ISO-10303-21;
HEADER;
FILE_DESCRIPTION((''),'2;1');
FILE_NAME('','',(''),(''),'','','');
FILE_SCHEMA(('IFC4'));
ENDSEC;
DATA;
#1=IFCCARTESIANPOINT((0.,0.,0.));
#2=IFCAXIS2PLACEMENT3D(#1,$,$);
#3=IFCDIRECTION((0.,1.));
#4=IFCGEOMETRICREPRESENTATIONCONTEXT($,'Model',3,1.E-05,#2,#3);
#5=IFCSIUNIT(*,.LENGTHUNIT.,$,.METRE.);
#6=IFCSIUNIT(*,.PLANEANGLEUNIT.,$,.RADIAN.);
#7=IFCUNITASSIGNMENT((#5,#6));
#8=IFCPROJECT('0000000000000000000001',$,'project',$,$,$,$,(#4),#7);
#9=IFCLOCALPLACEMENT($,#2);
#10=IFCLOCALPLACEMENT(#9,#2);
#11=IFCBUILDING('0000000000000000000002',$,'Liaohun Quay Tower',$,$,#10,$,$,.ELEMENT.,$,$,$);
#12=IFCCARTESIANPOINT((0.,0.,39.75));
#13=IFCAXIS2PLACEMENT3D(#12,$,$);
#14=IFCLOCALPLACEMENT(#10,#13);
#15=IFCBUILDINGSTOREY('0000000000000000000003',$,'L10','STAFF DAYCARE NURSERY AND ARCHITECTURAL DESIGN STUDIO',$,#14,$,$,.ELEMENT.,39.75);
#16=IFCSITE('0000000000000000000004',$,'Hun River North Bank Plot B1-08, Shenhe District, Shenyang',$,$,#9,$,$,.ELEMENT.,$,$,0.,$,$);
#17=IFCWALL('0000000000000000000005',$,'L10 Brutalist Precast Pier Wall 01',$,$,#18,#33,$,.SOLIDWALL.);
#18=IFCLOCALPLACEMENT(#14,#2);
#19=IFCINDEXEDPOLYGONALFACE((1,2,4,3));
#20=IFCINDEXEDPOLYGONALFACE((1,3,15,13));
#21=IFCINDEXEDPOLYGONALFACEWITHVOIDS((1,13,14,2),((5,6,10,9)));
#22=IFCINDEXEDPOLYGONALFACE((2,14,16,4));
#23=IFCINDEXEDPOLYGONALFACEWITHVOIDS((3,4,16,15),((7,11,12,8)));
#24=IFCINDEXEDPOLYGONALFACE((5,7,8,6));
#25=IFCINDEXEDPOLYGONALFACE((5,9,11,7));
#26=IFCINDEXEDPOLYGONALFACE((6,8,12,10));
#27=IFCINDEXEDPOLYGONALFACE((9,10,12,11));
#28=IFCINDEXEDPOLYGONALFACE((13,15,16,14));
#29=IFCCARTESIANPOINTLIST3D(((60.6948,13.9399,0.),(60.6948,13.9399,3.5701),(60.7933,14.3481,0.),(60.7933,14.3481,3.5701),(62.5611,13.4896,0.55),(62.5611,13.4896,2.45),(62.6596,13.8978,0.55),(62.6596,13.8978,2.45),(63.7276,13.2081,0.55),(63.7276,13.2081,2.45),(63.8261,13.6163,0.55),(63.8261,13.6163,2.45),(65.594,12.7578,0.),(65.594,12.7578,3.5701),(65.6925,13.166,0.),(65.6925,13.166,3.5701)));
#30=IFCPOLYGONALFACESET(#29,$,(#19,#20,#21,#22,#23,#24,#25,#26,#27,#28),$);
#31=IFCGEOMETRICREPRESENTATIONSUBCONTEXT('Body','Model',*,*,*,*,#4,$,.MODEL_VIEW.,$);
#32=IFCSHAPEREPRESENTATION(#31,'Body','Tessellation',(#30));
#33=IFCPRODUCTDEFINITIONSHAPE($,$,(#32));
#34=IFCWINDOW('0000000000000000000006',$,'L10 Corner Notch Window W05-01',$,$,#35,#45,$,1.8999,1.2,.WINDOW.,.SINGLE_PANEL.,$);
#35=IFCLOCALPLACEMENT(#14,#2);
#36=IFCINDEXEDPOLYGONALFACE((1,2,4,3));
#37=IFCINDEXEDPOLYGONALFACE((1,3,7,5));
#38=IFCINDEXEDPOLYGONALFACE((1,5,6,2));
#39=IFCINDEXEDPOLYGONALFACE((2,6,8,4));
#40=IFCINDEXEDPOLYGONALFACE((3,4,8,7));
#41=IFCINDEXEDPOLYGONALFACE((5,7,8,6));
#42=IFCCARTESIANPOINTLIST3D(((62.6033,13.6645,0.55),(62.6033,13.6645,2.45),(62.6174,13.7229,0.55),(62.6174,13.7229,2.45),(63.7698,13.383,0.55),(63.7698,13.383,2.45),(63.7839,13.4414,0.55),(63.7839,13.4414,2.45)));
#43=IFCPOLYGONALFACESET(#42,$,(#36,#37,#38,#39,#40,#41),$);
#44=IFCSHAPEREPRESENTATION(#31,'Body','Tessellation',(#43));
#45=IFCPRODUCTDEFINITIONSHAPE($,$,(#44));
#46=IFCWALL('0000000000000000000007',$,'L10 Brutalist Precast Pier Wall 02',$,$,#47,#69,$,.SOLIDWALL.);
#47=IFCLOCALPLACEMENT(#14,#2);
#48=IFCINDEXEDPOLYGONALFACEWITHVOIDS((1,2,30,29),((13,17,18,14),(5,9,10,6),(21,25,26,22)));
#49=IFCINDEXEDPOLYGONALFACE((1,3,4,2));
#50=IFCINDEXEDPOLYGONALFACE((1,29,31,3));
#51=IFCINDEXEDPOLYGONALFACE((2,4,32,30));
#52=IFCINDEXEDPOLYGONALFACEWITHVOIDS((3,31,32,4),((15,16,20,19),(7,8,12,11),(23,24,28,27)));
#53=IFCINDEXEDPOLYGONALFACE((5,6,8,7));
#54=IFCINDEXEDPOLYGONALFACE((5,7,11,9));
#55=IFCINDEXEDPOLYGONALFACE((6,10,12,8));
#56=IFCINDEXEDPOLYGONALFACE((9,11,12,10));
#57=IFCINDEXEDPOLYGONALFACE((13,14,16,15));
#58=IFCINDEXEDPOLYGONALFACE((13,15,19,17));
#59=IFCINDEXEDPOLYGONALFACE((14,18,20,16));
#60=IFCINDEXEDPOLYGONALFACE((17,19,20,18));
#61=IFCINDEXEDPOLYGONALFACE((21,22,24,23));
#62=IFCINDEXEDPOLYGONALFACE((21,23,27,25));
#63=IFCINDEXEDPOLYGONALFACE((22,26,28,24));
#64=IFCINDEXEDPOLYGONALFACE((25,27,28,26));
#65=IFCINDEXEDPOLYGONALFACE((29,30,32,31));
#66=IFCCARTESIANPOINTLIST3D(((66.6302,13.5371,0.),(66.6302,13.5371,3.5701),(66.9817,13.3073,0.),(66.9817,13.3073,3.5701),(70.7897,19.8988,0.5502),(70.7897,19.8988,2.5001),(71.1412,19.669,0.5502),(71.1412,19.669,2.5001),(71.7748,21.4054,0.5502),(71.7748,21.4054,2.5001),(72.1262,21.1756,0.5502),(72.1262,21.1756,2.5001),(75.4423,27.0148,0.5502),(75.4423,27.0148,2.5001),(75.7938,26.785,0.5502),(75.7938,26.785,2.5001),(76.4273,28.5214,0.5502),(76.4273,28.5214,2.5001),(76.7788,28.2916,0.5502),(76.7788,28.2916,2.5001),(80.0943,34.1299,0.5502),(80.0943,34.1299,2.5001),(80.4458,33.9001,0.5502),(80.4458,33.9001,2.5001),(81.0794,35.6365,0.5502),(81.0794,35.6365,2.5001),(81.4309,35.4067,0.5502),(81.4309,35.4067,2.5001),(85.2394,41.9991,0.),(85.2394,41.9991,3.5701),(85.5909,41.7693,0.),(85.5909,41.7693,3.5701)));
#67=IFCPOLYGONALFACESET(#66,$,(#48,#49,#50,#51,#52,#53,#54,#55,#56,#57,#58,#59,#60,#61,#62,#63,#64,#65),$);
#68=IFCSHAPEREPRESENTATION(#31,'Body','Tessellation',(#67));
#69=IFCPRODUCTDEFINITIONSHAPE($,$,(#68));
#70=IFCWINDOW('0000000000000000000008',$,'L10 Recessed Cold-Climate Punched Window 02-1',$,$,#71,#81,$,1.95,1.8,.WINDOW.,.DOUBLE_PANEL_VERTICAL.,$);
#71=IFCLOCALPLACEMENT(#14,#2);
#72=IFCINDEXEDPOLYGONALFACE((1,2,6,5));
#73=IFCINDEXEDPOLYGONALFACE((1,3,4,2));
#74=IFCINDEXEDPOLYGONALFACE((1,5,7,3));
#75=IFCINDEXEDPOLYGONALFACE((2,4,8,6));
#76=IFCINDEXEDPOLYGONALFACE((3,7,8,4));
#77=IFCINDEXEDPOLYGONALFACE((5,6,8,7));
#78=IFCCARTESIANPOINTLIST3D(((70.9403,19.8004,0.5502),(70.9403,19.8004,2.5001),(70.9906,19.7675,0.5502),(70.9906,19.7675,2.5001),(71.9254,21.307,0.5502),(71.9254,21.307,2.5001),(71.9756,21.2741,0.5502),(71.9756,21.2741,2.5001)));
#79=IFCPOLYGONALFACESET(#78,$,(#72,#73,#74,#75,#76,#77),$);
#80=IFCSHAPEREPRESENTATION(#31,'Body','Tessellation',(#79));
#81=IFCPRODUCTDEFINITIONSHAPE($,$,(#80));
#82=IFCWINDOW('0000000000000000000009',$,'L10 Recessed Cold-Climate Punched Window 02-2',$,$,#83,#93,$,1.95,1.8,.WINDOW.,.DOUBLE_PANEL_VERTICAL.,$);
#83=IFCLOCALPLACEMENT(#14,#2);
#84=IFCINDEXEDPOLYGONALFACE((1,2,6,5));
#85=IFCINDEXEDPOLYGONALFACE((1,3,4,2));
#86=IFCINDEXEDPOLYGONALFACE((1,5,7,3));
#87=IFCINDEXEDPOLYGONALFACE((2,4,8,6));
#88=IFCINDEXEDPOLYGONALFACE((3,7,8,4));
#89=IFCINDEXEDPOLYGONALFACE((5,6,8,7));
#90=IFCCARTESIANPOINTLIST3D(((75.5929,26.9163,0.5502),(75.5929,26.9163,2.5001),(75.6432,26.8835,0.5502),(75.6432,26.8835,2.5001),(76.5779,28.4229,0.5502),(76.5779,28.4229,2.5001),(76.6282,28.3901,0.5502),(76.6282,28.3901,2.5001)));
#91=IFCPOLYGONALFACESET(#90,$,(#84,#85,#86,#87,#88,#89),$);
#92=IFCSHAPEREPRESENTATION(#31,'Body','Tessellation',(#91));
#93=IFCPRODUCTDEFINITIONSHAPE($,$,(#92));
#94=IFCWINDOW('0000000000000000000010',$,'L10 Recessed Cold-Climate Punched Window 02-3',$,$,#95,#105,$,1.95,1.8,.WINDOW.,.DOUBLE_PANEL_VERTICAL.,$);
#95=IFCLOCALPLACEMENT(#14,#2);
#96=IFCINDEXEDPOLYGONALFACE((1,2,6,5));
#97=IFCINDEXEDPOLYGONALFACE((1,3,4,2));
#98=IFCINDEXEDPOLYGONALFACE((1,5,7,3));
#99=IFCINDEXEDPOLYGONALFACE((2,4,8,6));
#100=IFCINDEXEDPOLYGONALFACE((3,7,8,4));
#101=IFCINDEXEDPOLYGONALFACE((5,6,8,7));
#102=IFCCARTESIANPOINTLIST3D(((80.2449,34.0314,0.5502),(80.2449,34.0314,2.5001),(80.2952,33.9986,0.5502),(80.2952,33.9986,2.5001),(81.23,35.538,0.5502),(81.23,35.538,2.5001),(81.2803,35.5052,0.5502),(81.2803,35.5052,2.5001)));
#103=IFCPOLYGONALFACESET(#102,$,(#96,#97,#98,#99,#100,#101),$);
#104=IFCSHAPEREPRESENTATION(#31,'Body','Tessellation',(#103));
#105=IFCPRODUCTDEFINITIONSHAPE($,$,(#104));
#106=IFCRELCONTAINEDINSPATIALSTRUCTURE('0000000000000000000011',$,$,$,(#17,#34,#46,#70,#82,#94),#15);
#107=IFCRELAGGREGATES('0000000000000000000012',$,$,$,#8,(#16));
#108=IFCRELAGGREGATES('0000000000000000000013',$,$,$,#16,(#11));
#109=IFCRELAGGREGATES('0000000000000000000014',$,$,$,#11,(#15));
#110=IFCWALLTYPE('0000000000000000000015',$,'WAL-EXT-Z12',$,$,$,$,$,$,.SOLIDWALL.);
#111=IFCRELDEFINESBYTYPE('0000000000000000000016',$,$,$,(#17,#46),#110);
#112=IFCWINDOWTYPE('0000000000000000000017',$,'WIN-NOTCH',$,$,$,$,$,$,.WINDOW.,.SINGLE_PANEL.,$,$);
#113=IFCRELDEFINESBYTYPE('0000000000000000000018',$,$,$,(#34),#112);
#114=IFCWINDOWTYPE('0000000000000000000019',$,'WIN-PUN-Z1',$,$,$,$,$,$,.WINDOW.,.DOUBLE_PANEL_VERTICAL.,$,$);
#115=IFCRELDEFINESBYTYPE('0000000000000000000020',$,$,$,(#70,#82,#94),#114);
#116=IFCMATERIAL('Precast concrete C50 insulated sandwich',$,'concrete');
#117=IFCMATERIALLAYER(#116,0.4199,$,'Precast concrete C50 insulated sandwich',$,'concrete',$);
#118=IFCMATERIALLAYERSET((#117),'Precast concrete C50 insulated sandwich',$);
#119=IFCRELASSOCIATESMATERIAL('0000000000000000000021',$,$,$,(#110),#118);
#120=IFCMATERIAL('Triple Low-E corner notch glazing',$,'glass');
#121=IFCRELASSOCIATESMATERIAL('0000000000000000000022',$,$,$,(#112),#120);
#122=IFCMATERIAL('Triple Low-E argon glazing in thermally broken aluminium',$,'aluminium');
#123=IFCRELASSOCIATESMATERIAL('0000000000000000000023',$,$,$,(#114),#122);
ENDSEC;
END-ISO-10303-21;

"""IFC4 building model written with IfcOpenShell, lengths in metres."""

from ifc_helpers import new_model, si_unit, direction, frame, frame_2d, origin, place, context, subcontext, project, spatial, rectangle, extrude, source, transform, mapped, material, layer, layer_set, type_object, element, fill, save


model = new_model("IFC4")

# Units and contexts
model_context = context("Model", 3, precision=1e-05, world=origin(), true_north=direction((0.0, 1.0)))
body_context = subcontext(model_context, "Body", "Model", "MODEL_VIEW")
ifc_project = project(units=[si_unit("LENGTHUNIT", "METRE"), si_unit("PLANEANGLEUNIT", "RADIAN")], contexts=[model_context])

# Site, building, storey
site_placement = place(None, origin())
site = spatial("IfcSite", under=ifc_project, at=site_placement, Name="Hun River North Bank Plot B1-08, Shenhe District, Shenyang", CompositionType="ELEMENT", RefElevation=0.0)
building_placement = place(site_placement, origin())
building = spatial("IfcBuilding", under=site, at=building_placement, Name="Liaohun Quay Tower", CompositionType="ELEMENT")
storey_placement = place(building_placement, frame((0.0, 0.0, 39.75)))
storey = spatial("IfcBuildingStorey", under=building, at=storey_placement, Name="L10", Description="STAFF DAYCARE NURSERY AND ARCHITECTURAL DESIGN STUDIO", CompositionType="ELEMENT", Elevation=39.75)

# Wall, opening, window
ifc_material_1 = material(Name="Precast concrete C50 insulated sandwich", Category="concrete")
ifc_layer_1 = layer(ifc_material_1, 0.4199, Name="Precast concrete C50 insulated sandwich", Category="concrete")
ifc_layer_set_1 = layer_set([ifc_layer_1], Name="Precast concrete C50 insulated sandwich")
wall_type_1 = type_object("IfcWallType", Name="WAL-EXT-Z12", PredefinedType="SOLIDWALL", material=ifc_layer_set_1)
wall_1_placement = place(storey_placement, frame((60.7439, 14.144, 0.0), z_axis=(0.0, 0.0, 1.0), x_axis=(0.972102, -0.23456, 0.0)))
wall_1 = element("IfcWall", 1, at=wall_1_placement, inside=storey, type_object=wall_type_1, Name="L10 Brutalist Precast Pier Wall 01", PredefinedType="SOLIDWALL", context=body_context, shape_type="SweptSolid", body=[
    extrude(rectangle(XDim=5.0398, YDim=0.4199, at=frame_2d((2.52, 0.0))), origin(), (0.0, 0.0, 1.0), 3.5701),
])
shared_shape_1 = source(origin(), body_context, "Body", "SweptSolid", [
    extrude(rectangle(XDim=1.2, YDim=1.8999, at=frame_2d((0.6001, 0.95))), frame((0.0, 0.22, 0.0), z_axis=(0.0, -1.0, 0.0), x_axis=(1.0, 0.0, 0.0)), (0.0, 0.0, 1.0), 0.4399),
])
opening_1_placement = place(wall_1_placement, frame((1.9199, 0.0, 0.55)))
opening_1 = element("IfcOpeningElement", 2, at=opening_1_placement, cuts=wall_1, PredefinedType="OPENING", context=body_context, shape_type="MappedRepresentation", body=[
    mapped(shared_shape_1, transform((0.0, 0.0, 0.0), x_axis=(1.0, 0.0, 0.0), y_axis=(0.0, 1.0, 0.0), z_axis=(0.0, 0.0, 1.0), scale=1.0)),
])
ifc_material_2 = material(Name="Triple Low-E corner notch glazing", Category="glass")
window_type_1 = type_object("IfcWindowType", Name="WIN-NOTCH", PartitioningType="SINGLE_PANEL", PredefinedType="WINDOW", material=ifc_material_2)
shared_shape_2 = source(origin(), body_context, "Body", "SweptSolid", [
    extrude(rectangle(XDim=1.2, YDim=1.8999, at=frame_2d((0.6001, 0.95))), frame((0.0, 0.03, 0.0), z_axis=(0.0, -1.0, 0.0), x_axis=(1.0, 0.0, 0.0)), (0.0, 0.0, 1.0), 0.0601),
])
window_1_placement = place(opening_1_placement, origin())
window_1 = element("IfcWindow", 3, at=window_1_placement, inside=storey, type_object=window_type_1, Name="L10 Corner Notch Window W05-01", OverallHeight=1.8999, OverallWidth=1.2, PartitioningType="SINGLE_PANEL", PredefinedType="WINDOW", context=body_context, shape_type="MappedRepresentation", body=[
    mapped(shared_shape_2, transform((0.0, 0.0, 0.0), x_axis=(1.0, 0.0, 0.0), y_axis=(0.0, 1.0, 0.0), z_axis=(0.0, 0.0, 1.0), scale=1.0)),
])
fill(opening_1, window_1)

# Wall, openings, windows
wall_2_placement = place(storey_placement, frame((66.8059, 13.4221, 0.0), z_axis=(0.0, 0.0, 1.0), x_axis=(0.547237, 0.836977, 0.0)))
wall_2 = element("IfcWall", 4, at=wall_2_placement, inside=storey, type_object=wall_type_1, Name="L10 Brutalist Precast Pier Wall 02", PredefinedType="SOLIDWALL", context=body_context, shape_type="SweptSolid", body=[
    extrude(rectangle(XDim=34.0056, YDim=0.4199, at=frame_2d((17.0029, 0.0))), origin(), (0.0, 0.0, 1.0), 3.5701),
])
shared_shape_3 = source(origin(), body_context, "Body", "SweptSolid", [
    extrude(rectangle(XDim=1.8, YDim=1.95, at=frame_2d((0.8999, 0.9751))), frame((0.0, 0.22, 0.0), z_axis=(0.0, -1.0, 0.0), x_axis=(1.0, 0.0, 0.0)), (0.0, 0.0, 1.0), 0.4399),
])
opening_2_placement = place(wall_2_placement, frame((7.6011, 0.0, 0.55)))
opening_2 = element("IfcOpeningElement", 5, at=opening_2_placement, cuts=wall_2, PredefinedType="OPENING", context=body_context, shape_type="MappedRepresentation", body=[
    mapped(shared_shape_3, transform((0.0, 0.0, 0.0), x_axis=(1.0, 0.0, 0.0), y_axis=(0.0, 1.0, 0.0), z_axis=(0.0, 0.0, 1.0), scale=1.0)),
])
opening_3_placement = place(wall_2_placement, frame((16.103, 0.0, 0.55)))
opening_3 = element("IfcOpeningElement", 6, at=opening_3_placement, cuts=wall_2, PredefinedType="OPENING", context=body_context, shape_type="MappedRepresentation", body=[
    mapped(shared_shape_3, transform((0.0, 0.0, 0.0), x_axis=(1.0, 0.0, 0.0), y_axis=(0.0, 1.0, 0.0), z_axis=(0.0, 0.0, 1.0), scale=1.0)),
])
opening_4_placement = place(wall_2_placement, frame((24.604, 0.0, 0.55)))
opening_4 = element("IfcOpeningElement", 7, at=opening_4_placement, cuts=wall_2, PredefinedType="OPENING", context=body_context, shape_type="MappedRepresentation", body=[
    mapped(shared_shape_3, transform((0.0, 0.0, 0.0), x_axis=(1.0, 0.0, 0.0), y_axis=(0.0, 1.0, 0.0), z_axis=(0.0, 0.0, 1.0), scale=1.0)),
])
ifc_material_3 = material(Name="Triple Low-E argon glazing in thermally broken aluminium", Category="aluminium")
window_type_2 = type_object("IfcWindowType", Name="WIN-PUN-Z1", PartitioningType="DOUBLE_PANEL_VERTICAL", PredefinedType="WINDOW", material=ifc_material_3)
shared_shape_4 = source(origin(), body_context, "Body", "SweptSolid", [
    extrude(rectangle(XDim=1.8, YDim=1.95, at=frame_2d((0.8999, 0.9751))), frame((0.0, 0.03, 0.0), z_axis=(0.0, -1.0, 0.0), x_axis=(1.0, 0.0, 0.0)), (0.0, 0.0, 1.0), 0.0601),
])
window_2_placement = place(opening_2_placement, origin())
window_2 = element("IfcWindow", 8, at=window_2_placement, inside=storey, type_object=window_type_2, Name="L10 Recessed Cold-Climate Punched Window 02-1", OverallHeight=1.95, OverallWidth=1.8, PartitioningType="DOUBLE_PANEL_VERTICAL", PredefinedType="WINDOW", context=body_context, shape_type="MappedRepresentation", body=[
    mapped(shared_shape_4, transform((0.0, 0.0, 0.0), x_axis=(1.0, 0.0, 0.0), y_axis=(0.0, 1.0, 0.0), z_axis=(0.0, 0.0, 1.0), scale=1.0)),
])
fill(opening_2, window_2)
window_3_placement = place(opening_3_placement, origin())
window_3 = element("IfcWindow", 9, at=window_3_placement, inside=storey, type_object=window_type_2, Name="L10 Recessed Cold-Climate Punched Window 02-2", OverallHeight=1.95, OverallWidth=1.8, PartitioningType="DOUBLE_PANEL_VERTICAL", PredefinedType="WINDOW", context=body_context, shape_type="MappedRepresentation", body=[
    mapped(shared_shape_4, transform((0.0, 0.0, 0.0), x_axis=(1.0, 0.0, 0.0), y_axis=(0.0, 1.0, 0.0), z_axis=(0.0, 0.0, 1.0), scale=1.0)),
])
fill(opening_3, window_3)
window_4_placement = place(opening_4_placement, origin())
window_4 = element("IfcWindow", 10, at=window_4_placement, inside=storey, type_object=window_type_2, Name="L10 Recessed Cold-Climate Punched Window 02-3", OverallHeight=1.95, OverallWidth=1.8, PartitioningType="DOUBLE_PANEL_VERTICAL", PredefinedType="WINDOW", context=body_context, shape_type="MappedRepresentation", body=[
    mapped(shared_shape_4, transform((0.0, 0.0, 0.0), x_axis=(1.0, 0.0, 0.0), y_axis=(0.0, 1.0, 0.0), z_axis=(0.0, 0.0, 1.0), scale=1.0)),
])
fill(opening_4, window_4)

save(model, "model.ifc")
